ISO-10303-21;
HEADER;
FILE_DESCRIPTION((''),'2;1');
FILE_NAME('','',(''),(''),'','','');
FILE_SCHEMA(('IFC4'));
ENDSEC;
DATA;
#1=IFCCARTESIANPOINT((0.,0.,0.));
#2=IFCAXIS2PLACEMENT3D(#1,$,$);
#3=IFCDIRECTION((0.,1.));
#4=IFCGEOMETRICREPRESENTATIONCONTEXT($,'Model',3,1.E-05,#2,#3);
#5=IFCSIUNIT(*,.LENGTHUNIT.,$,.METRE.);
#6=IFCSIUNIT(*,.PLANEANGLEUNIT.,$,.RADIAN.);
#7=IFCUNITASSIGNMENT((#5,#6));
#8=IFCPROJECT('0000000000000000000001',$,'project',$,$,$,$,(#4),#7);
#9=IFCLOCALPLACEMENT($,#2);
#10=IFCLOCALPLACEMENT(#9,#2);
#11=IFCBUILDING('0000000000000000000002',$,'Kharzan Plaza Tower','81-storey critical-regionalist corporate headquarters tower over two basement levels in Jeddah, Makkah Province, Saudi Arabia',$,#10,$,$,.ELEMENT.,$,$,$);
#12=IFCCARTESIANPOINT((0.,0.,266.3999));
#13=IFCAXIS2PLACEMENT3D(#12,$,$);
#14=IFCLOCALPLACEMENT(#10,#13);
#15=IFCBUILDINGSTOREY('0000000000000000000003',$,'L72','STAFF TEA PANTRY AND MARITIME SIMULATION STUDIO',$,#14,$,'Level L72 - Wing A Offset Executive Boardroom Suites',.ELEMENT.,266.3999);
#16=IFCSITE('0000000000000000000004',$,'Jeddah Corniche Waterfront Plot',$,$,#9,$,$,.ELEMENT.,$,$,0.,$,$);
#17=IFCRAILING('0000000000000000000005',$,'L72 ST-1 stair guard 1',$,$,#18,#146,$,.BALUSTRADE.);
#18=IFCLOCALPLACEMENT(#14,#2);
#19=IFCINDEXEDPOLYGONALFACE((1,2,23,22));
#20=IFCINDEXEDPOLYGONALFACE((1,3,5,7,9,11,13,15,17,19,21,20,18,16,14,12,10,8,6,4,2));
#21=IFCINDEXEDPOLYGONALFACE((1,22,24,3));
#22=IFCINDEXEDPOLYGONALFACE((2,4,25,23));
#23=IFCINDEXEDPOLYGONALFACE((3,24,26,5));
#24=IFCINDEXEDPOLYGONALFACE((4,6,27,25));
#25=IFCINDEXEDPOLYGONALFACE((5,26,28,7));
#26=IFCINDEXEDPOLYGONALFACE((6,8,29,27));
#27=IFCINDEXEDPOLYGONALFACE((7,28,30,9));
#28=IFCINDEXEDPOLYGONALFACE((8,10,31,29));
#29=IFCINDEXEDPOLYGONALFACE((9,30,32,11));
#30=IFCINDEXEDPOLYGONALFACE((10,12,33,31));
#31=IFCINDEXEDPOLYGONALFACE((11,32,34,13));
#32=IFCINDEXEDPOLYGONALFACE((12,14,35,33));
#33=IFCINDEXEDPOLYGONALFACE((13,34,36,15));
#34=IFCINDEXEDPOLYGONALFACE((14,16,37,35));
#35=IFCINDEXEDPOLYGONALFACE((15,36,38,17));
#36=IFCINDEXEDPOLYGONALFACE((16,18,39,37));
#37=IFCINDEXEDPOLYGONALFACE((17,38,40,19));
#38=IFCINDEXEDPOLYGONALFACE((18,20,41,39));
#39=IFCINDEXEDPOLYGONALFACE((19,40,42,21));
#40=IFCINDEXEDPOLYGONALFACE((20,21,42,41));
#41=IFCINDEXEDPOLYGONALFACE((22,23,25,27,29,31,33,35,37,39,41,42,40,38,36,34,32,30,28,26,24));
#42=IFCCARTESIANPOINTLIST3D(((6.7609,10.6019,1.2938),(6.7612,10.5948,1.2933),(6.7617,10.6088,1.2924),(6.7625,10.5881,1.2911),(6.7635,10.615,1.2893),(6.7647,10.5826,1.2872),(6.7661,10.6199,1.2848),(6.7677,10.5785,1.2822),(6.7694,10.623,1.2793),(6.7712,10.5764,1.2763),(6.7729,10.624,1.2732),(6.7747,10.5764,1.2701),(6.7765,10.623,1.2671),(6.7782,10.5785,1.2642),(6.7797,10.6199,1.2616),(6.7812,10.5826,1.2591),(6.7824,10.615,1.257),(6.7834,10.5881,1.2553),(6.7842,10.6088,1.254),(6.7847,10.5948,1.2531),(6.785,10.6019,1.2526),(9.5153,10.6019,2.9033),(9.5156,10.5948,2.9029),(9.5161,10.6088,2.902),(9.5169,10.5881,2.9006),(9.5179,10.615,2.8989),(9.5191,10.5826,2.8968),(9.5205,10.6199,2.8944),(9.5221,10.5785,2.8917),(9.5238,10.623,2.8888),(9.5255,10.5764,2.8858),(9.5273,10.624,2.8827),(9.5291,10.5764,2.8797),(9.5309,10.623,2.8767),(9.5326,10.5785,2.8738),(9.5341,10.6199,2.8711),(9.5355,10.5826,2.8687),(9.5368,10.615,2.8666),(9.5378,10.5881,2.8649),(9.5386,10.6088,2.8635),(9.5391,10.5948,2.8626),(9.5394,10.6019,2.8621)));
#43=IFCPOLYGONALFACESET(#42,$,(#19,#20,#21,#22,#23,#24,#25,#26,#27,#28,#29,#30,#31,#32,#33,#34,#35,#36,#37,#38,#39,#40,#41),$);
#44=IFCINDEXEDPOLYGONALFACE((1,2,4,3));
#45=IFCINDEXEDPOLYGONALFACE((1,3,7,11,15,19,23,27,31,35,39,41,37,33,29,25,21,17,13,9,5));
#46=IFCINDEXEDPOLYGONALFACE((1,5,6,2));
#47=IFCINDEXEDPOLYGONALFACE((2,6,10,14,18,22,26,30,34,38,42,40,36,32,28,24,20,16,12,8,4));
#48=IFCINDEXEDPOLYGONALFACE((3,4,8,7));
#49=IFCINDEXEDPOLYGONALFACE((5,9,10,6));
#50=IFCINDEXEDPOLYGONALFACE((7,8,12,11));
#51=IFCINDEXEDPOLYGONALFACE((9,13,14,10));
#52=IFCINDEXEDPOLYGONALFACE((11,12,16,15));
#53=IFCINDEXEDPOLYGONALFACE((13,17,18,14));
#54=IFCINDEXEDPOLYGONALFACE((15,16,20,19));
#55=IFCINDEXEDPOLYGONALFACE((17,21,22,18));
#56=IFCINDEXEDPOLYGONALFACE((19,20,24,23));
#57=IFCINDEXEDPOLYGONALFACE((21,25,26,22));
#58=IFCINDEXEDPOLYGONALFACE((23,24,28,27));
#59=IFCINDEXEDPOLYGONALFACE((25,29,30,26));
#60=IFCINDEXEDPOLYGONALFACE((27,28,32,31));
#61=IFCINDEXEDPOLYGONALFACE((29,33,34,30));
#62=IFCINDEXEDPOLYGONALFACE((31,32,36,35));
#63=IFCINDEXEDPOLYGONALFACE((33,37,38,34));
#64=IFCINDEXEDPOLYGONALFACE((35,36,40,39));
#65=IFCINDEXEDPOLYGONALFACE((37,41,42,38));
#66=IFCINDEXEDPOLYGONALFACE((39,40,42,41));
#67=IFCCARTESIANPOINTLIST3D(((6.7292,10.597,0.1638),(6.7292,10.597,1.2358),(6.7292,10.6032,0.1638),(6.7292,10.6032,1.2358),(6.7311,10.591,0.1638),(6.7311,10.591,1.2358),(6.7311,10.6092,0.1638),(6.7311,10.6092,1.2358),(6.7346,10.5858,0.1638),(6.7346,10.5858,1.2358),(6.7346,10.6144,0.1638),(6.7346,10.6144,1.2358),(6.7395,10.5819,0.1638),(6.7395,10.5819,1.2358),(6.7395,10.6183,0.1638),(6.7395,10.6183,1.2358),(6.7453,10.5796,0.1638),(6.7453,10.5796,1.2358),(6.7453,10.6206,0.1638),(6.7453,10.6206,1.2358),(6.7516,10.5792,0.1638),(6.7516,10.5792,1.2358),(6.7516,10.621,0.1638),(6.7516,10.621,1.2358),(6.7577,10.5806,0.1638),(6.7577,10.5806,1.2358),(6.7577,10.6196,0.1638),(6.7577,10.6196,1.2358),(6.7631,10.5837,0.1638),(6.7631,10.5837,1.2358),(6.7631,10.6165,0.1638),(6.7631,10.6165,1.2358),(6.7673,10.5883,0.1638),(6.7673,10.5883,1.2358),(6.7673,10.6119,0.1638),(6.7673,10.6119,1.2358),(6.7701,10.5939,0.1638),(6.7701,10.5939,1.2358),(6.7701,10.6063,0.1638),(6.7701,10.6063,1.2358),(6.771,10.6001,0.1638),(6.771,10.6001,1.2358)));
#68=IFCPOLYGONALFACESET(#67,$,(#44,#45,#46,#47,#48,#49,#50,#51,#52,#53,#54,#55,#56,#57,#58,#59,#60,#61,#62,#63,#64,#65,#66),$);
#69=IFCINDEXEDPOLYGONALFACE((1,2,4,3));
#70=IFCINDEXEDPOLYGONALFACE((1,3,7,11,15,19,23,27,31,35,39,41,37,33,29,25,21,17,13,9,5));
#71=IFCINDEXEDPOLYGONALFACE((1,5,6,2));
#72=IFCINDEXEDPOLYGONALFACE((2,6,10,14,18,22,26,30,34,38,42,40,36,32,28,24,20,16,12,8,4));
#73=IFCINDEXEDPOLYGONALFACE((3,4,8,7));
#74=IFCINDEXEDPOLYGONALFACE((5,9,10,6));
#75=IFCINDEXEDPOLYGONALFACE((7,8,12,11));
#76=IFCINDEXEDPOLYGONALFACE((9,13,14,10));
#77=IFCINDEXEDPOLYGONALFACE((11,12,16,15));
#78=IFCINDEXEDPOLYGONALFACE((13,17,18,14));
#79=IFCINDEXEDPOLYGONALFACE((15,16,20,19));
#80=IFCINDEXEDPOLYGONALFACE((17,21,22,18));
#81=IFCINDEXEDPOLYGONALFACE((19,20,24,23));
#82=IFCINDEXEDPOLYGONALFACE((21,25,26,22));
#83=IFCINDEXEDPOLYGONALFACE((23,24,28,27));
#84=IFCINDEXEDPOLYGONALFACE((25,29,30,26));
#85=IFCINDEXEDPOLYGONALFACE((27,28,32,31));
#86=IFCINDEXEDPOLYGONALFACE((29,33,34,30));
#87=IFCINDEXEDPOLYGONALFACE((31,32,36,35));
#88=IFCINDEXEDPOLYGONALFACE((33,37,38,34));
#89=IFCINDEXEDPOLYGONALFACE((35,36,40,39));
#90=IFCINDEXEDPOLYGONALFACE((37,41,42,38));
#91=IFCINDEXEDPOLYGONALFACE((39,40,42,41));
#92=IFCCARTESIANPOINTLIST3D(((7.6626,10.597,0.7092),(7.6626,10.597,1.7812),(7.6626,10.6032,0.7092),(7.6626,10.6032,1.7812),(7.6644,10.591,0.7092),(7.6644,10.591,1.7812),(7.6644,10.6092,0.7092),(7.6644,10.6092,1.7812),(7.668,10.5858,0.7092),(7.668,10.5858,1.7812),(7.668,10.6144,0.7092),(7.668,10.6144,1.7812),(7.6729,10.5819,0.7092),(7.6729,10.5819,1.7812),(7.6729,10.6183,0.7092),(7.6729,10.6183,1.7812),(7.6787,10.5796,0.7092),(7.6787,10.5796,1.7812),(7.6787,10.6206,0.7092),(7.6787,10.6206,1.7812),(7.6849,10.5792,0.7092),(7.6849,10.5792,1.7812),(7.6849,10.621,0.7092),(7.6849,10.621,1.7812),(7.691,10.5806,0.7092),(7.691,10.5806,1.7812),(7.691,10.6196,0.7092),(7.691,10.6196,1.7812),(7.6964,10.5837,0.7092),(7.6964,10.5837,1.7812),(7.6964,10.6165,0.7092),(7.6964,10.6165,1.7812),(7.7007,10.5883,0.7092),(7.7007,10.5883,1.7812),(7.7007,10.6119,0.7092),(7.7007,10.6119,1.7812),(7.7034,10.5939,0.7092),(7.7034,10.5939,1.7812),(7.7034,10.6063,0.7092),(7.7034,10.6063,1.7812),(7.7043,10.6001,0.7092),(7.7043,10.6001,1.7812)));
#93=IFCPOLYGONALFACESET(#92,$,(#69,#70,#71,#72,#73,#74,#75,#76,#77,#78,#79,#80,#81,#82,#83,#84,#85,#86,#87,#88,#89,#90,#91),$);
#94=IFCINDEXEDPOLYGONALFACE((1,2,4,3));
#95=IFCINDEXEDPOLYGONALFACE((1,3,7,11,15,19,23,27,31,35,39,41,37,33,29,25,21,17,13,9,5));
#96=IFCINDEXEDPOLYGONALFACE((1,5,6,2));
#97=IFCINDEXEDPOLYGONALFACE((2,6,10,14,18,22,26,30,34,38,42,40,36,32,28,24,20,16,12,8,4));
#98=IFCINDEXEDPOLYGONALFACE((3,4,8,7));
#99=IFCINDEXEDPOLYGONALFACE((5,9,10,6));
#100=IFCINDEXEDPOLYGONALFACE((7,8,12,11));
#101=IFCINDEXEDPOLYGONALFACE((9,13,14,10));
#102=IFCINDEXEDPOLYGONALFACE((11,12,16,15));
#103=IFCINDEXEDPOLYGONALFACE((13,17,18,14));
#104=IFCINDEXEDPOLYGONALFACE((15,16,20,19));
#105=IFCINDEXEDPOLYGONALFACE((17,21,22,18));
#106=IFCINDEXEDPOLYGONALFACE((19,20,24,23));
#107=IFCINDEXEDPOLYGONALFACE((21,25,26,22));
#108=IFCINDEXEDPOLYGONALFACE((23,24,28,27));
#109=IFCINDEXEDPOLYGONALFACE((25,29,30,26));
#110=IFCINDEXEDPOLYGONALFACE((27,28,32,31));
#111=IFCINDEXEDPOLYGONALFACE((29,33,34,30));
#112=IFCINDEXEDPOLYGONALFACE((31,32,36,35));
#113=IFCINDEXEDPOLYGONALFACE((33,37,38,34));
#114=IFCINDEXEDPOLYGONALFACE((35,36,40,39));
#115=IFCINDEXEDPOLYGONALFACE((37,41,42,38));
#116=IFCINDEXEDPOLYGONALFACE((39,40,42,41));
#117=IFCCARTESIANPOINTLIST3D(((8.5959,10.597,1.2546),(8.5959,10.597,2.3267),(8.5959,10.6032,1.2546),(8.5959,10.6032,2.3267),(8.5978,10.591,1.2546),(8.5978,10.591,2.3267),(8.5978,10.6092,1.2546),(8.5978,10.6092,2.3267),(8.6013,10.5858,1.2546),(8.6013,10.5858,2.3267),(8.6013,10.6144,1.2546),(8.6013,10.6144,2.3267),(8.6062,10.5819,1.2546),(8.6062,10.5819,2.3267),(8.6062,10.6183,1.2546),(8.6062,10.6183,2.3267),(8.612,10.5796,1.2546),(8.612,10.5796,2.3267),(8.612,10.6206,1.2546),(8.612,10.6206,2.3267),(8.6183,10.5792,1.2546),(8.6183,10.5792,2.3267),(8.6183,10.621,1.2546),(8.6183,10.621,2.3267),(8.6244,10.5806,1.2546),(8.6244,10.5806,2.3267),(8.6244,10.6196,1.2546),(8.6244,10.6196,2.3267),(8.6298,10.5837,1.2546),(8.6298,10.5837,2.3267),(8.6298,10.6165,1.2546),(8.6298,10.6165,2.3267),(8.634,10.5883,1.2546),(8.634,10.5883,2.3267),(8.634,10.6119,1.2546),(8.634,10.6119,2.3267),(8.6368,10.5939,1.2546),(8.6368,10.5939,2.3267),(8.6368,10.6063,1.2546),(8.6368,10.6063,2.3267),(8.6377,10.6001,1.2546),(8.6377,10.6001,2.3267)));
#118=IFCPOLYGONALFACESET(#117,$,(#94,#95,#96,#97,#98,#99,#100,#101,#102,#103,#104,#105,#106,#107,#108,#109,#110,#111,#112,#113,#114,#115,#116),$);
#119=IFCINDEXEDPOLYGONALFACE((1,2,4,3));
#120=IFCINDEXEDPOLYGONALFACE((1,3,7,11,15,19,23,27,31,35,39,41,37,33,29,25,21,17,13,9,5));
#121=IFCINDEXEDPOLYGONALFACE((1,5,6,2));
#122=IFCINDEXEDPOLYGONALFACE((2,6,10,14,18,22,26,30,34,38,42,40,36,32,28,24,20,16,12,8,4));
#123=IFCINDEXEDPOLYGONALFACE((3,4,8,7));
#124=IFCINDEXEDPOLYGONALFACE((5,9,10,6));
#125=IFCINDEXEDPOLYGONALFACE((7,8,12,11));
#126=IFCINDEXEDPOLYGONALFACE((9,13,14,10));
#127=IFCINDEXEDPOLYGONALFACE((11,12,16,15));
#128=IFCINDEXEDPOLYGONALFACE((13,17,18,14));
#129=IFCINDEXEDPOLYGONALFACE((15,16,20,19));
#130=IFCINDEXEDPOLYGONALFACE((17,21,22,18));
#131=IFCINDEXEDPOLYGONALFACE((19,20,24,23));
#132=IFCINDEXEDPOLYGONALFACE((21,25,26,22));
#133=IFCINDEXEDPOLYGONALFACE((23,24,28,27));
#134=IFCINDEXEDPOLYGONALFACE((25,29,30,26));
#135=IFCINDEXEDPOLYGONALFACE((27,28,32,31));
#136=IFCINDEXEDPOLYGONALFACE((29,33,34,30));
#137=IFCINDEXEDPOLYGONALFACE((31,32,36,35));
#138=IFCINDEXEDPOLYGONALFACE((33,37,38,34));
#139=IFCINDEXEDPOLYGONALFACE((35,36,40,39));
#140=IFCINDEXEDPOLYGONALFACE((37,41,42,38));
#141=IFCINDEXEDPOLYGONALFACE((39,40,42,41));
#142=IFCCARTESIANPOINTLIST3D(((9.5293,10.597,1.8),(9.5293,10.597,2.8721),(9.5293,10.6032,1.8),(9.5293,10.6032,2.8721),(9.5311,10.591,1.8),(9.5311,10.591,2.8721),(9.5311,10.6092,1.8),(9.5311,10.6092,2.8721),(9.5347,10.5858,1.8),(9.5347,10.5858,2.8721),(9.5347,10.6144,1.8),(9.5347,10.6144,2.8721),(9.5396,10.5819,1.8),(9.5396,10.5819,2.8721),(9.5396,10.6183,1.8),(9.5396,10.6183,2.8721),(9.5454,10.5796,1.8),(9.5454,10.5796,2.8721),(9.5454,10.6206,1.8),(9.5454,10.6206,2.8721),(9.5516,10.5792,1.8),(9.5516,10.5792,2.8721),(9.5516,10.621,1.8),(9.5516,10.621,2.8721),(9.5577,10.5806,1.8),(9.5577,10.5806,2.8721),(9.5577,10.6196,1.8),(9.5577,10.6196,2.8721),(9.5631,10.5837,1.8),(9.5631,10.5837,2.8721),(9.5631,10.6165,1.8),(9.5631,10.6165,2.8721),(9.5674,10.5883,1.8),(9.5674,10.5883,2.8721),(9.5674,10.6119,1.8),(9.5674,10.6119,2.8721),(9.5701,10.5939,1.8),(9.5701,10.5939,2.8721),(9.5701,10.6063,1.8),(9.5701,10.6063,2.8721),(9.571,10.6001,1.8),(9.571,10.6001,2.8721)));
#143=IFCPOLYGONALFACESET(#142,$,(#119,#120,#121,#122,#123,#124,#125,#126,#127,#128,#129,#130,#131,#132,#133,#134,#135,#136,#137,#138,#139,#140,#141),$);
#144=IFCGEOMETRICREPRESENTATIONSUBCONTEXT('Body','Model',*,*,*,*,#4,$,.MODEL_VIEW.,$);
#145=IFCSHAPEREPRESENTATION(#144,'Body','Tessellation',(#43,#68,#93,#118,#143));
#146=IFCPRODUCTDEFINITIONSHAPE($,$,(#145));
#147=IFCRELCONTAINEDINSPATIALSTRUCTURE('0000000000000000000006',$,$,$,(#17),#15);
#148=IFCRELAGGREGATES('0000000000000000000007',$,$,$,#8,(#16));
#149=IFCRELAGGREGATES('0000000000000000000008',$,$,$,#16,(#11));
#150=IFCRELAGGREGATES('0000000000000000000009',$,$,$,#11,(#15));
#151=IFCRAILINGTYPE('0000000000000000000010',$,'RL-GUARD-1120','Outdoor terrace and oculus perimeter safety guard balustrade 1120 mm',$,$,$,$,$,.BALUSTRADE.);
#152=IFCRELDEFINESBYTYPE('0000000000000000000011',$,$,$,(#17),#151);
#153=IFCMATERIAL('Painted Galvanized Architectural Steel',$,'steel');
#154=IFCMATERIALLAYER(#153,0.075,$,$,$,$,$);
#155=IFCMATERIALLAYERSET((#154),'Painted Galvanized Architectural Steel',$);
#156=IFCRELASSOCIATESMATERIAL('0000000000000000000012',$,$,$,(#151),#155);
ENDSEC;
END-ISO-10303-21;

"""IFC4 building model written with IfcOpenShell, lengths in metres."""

from ifc_helpers import new_model, si_unit, direction, frame, origin, origin_2d, place, context, subcontext, project, spatial, circle, extrude, source, transform, mapped, material, layer, layer_set, type_object, element, save


model = new_model("IFC4")

# Units and contexts
model_context = context("Model", 3, precision=1e-05, world=origin(), true_north=direction((0.0, 1.0)))
body_context = subcontext(model_context, "Body", "Model", "MODEL_VIEW")
ifc_project = project(units=[si_unit("LENGTHUNIT", "METRE"), si_unit("PLANEANGLEUNIT", "RADIAN")], contexts=[model_context])

# Site, building, storey
site_placement = place(None, origin())
site = spatial("IfcSite", under=ifc_project, at=site_placement, Name="Jeddah Corniche Waterfront Plot", CompositionType="ELEMENT", RefElevation=0.0)
building_placement = place(site_placement, origin())
building = spatial("IfcBuilding", under=site, at=building_placement, Name="Kharzan Plaza Tower", Description="81-storey critical-regionalist corporate headquarters tower over two basement levels in Jeddah, Makkah Province, Saudi Arabia", CompositionType="ELEMENT")
storey_placement = place(building_placement, frame((0.0, 0.0, 266.3999)))
storey = spatial("IfcBuildingStorey", under=building, at=storey_placement, Name="L72", Description="STAFF TEA PANTRY AND MARITIME SIMULATION STUDIO", LongName="Level L72 - Wing A Offset Executive Boardroom Suites", CompositionType="ELEMENT", Elevation=266.3999)

# Shared definitions
ifc_material_1 = material(Name="Painted Galvanized Architectural Steel", Category="steel")
ifc_layer_1 = layer(ifc_material_1, 0.075)
ifc_layer_set_1 = layer_set([ifc_layer_1], Name="Painted Galvanized Architectural Steel")
railing_type_1 = type_object("IfcRailingType", Name="RL-GUARD-1120", Description="Outdoor terrace and oculus perimeter safety guard balustrade 1120 mm", PredefinedType="BALUSTRADE", material=ifc_layer_set_1)

# Railing
shared_shape_1 = source(origin(), body_context, "Body", "SweptSolid", [
    extrude(circle(Radius=0.0239, at=origin_2d()), frame((0.0229, 0.0, 1.1094), z_axis=(0.863394, 0.0, 0.504531), x_axis=(0.0, 1.0, 0.0)), (0.0, 0.0, 1.0), 3.1902),
    extrude(circle(Radius=0.021, at=origin_2d()), origin(), (0.0, 0.0, 1.0), 1.072),
    extrude(circle(Radius=0.021, at=origin_2d()), frame((0.9333, 0.0, 0.5454)), (0.0, 0.0, 1.0), 1.072),
    extrude(circle(Radius=0.021, at=origin_2d()), frame((1.8667, 0.0, 1.0908)), (0.0, 0.0, 1.0), 1.072),
    extrude(circle(Radius=0.021, at=origin_2d()), frame((2.8, 0.0, 1.6362)), (0.0, 0.0, 1.0), 1.072),
])
railing_1_placement = place(storey_placement, frame((6.75, 10.6001, 0.1638)))
element("IfcRailing", 1, at=railing_1_placement, inside=storey, type_object=railing_type_1, Name="L72 ST-1 stair guard 1", PredefinedType="BALUSTRADE", context=body_context, shape_type="MappedRepresentation", body=[
    mapped(shared_shape_1, transform((0.0, 0.0, 0.0), x_axis=(1.0, 0.0, 0.0), y_axis=(0.0, 1.0, 0.0), z_axis=(0.0, 0.0, 1.0))),
])

save(model, "model.ifc")
